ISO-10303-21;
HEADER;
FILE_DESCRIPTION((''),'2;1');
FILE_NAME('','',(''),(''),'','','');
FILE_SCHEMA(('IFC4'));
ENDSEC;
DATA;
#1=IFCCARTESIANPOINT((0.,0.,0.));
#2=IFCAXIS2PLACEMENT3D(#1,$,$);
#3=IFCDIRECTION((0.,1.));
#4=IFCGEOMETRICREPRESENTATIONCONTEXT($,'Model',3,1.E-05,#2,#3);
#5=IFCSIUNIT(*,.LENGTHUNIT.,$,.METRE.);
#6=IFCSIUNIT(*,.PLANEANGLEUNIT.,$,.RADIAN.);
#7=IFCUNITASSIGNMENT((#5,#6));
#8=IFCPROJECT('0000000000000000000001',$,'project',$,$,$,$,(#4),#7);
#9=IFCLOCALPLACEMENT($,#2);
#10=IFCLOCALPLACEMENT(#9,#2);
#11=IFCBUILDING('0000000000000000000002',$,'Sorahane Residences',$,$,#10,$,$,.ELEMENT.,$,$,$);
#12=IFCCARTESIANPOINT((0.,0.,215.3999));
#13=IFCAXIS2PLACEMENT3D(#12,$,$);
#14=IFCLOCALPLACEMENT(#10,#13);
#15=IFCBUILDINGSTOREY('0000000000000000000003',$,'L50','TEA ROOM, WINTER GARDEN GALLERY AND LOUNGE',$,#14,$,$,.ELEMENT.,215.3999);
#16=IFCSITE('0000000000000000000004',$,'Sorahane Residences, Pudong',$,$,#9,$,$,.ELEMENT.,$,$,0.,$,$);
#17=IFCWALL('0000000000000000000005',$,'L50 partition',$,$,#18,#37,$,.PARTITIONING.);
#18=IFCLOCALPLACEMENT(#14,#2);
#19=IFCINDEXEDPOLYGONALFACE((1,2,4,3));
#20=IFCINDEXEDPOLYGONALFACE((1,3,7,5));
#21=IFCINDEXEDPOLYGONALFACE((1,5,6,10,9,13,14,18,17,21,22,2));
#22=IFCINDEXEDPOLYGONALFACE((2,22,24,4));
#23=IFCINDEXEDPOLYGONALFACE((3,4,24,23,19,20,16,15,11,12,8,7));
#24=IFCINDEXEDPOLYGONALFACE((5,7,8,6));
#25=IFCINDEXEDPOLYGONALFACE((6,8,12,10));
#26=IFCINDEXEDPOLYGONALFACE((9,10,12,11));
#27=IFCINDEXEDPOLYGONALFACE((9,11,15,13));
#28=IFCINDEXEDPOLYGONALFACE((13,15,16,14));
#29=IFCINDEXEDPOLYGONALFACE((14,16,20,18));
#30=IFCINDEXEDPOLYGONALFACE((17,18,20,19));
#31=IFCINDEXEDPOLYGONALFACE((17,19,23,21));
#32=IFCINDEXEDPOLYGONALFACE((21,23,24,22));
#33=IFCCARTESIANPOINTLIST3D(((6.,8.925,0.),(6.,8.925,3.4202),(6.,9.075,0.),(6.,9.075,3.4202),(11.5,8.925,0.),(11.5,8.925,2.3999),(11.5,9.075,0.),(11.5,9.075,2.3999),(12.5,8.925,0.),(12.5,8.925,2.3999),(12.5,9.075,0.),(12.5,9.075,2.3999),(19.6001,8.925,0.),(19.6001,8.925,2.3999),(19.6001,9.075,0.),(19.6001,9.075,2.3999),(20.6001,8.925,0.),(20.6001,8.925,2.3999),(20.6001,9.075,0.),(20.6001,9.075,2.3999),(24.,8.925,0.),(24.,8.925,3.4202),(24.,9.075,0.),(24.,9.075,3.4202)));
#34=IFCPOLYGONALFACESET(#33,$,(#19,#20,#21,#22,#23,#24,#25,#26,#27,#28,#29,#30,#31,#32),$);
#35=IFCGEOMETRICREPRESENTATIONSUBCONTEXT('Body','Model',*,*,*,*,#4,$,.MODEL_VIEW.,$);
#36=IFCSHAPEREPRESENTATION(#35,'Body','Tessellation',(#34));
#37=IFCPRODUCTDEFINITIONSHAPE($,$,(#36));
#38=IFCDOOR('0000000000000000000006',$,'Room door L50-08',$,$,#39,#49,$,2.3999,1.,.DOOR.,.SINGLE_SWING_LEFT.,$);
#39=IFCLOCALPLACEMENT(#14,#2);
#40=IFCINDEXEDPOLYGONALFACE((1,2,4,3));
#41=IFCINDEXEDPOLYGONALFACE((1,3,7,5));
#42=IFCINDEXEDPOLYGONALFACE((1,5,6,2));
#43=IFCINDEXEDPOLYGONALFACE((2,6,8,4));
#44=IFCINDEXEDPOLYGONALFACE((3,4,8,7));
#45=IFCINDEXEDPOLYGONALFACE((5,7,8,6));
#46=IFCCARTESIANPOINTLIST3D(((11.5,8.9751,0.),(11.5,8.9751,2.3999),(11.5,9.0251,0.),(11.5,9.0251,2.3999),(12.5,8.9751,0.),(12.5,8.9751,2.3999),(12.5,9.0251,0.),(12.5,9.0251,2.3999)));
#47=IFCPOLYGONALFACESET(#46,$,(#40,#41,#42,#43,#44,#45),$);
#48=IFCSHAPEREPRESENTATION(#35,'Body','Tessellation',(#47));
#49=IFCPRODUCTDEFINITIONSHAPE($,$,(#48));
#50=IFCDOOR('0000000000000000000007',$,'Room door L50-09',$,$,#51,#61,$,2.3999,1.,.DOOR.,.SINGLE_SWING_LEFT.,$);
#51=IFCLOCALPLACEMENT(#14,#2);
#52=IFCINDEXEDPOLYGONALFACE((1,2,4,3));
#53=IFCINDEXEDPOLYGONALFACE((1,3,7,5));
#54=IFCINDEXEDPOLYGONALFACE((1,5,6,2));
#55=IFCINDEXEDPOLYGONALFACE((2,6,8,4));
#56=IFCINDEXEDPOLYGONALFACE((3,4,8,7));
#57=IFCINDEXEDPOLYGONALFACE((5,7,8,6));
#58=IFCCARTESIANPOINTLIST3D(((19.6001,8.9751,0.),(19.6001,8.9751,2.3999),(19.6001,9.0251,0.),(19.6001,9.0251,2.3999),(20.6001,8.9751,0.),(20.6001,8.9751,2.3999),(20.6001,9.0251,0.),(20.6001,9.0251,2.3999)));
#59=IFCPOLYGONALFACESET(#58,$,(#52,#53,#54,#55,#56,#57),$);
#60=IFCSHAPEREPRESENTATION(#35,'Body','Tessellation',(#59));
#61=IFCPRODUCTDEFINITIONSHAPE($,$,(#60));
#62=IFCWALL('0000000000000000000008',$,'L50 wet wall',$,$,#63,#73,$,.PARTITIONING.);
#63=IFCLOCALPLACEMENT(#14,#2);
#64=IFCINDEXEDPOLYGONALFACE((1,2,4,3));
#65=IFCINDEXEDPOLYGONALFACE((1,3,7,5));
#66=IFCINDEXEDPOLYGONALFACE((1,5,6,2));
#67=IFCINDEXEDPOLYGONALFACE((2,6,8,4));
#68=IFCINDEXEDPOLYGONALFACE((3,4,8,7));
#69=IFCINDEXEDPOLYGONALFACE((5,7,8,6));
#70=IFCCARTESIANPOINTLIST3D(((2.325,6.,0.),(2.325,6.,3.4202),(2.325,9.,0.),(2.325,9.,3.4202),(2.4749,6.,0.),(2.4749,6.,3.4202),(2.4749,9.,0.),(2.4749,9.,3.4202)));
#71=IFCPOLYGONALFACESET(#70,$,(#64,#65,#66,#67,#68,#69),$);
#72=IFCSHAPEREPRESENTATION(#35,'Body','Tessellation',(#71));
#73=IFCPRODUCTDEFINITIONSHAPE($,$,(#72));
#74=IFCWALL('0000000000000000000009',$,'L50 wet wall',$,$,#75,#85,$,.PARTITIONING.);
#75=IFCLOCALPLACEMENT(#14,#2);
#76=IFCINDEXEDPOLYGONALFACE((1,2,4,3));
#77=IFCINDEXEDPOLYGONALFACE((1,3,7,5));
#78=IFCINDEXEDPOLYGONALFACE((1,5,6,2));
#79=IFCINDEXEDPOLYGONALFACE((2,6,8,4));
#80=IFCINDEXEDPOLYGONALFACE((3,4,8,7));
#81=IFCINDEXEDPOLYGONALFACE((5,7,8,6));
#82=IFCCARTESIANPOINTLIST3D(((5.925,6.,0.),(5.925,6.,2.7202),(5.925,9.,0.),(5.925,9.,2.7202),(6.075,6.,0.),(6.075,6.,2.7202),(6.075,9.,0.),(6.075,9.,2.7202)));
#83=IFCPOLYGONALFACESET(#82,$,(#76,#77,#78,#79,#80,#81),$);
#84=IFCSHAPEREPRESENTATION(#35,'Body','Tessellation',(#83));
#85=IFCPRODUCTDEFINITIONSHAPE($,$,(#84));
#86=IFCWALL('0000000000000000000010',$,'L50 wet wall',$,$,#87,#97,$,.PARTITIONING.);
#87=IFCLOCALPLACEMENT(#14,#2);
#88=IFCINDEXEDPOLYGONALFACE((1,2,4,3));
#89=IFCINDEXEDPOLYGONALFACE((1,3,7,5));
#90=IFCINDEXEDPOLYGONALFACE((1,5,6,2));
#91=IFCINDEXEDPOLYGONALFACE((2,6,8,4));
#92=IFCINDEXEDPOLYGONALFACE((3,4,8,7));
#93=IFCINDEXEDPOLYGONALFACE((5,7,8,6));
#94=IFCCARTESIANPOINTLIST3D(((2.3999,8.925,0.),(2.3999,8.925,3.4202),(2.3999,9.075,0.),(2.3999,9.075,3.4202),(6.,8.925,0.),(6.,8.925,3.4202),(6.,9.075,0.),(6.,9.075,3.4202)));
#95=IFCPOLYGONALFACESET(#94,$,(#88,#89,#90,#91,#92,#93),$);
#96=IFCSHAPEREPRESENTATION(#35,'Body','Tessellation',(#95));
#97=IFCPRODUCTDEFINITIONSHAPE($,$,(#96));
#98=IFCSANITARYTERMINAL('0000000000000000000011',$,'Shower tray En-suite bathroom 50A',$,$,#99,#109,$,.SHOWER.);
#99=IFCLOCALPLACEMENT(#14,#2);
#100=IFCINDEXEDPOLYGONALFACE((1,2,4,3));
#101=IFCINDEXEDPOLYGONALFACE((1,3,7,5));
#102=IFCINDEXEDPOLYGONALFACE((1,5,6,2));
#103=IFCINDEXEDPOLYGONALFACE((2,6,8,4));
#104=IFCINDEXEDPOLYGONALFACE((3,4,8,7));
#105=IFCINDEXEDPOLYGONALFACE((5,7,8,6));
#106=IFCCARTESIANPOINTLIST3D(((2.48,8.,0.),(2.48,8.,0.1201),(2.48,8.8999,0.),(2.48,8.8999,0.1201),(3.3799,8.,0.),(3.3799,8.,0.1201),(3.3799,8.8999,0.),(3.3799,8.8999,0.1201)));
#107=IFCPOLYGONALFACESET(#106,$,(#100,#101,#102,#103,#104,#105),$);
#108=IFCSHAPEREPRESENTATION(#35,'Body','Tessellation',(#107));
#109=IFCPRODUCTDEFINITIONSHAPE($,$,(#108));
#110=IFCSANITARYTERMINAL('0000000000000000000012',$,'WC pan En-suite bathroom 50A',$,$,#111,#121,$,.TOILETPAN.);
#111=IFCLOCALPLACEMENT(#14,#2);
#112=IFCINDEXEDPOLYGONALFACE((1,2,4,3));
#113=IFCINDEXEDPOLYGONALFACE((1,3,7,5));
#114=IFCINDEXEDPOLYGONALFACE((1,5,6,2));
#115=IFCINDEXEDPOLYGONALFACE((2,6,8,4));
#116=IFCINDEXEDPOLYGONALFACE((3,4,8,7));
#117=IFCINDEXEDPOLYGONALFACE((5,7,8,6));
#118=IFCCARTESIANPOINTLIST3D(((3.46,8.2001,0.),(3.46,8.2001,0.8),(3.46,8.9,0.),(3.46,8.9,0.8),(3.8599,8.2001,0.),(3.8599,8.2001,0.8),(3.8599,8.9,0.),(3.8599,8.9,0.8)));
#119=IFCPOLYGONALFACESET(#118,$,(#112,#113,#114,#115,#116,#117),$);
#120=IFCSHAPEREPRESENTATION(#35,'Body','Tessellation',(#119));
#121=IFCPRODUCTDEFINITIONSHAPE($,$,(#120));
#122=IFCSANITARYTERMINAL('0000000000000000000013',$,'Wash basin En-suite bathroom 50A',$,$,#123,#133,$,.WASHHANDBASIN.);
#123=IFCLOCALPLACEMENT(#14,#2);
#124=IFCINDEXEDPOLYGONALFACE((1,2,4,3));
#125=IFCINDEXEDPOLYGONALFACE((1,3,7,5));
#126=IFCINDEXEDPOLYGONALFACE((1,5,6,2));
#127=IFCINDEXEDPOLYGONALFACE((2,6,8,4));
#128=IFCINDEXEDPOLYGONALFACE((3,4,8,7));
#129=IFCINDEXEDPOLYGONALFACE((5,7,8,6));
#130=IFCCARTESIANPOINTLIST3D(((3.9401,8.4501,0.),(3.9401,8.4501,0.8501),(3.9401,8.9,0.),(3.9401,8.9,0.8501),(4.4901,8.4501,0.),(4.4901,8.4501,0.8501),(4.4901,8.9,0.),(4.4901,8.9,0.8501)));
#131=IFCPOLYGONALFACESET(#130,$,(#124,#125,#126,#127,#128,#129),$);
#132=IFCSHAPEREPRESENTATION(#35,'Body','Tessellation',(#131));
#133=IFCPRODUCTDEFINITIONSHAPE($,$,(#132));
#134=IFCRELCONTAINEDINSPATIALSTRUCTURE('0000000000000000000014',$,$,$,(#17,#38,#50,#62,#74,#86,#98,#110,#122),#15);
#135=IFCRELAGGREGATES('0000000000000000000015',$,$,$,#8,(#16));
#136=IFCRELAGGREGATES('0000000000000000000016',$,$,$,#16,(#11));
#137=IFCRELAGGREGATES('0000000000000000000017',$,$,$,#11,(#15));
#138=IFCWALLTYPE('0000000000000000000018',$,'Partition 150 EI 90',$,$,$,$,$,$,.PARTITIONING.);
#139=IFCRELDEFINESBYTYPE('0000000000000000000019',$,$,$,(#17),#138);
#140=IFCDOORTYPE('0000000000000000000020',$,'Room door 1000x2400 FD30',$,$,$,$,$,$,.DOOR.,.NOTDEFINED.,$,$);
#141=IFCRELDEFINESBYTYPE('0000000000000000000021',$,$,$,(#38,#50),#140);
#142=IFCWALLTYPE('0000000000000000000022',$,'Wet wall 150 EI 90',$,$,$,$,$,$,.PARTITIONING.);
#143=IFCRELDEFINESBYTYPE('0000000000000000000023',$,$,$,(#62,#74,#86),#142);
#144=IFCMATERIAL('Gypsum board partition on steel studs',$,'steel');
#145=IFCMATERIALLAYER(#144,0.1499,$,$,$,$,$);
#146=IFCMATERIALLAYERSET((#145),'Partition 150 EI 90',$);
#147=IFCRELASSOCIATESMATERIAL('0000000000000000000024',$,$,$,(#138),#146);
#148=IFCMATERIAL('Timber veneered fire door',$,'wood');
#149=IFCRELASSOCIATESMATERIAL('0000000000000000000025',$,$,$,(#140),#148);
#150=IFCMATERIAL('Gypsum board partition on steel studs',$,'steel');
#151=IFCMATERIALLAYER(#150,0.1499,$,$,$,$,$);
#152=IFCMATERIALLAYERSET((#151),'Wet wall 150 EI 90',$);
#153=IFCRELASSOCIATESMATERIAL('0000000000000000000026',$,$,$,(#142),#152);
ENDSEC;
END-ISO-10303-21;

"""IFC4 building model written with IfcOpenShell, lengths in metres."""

from ifc_helpers import new_model, si_unit, direction, frame, frame_2d, origin, origin_2d, place, context, subcontext, project, spatial, rectangle, extrude, material, layer, layer_set, type_object, element, fill, save


model = new_model("IFC4")

# Units and contexts
model_context = context("Model", 3, precision=1e-05, world=origin(), true_north=direction((0.0, 1.0)))
body_context = subcontext(model_context, "Body", "Model", "MODEL_VIEW")
ifc_project = project(units=[si_unit("LENGTHUNIT", "METRE"), si_unit("PLANEANGLEUNIT", "RADIAN")], contexts=[model_context])

# Site, building, storey
site_placement = place(None, origin())
site = spatial("IfcSite", under=ifc_project, at=site_placement, Name="Sorahane Residences, Pudong", CompositionType="ELEMENT", RefElevation=0.0)
building_placement = place(site_placement, origin())
building = spatial("IfcBuilding", under=site, at=building_placement, Name="Sorahane Residences", CompositionType="ELEMENT")
storey_placement = place(building_placement, frame((0.0, 0.0, 215.3999)))
storey = spatial("IfcBuildingStorey", under=building, at=storey_placement, Name="L50", Description="TEA ROOM, WINTER GARDEN GALLERY AND LOUNGE", CompositionType="ELEMENT", Elevation=215.3999)

# Shared definitions
ifc_material_1 = material(Name="Gypsum board partition on steel studs", Category="steel")
ifc_layer_1 = layer(ifc_material_1, 0.1499)
ifc_layer_set_1 = layer_set([ifc_layer_1], Name="Partition 150 EI 90")
wall_type_1 = type_object("IfcWallType", Name="Partition 150 EI 90", PredefinedType="PARTITIONING", material=ifc_layer_set_1)

# Shared definitions
ifc_material_2 = material(Name="Timber veneered fire door", Category="wood")
door_type_1 = type_object("IfcDoorType", Name="Room door 1000x2400 FD30", OperationType="NOTDEFINED", PredefinedType="DOOR", material=ifc_material_2)

# Wall, openings, doors
wall_1_placement = place(storey_placement, frame((6.0, 9.0, 0.0), z_axis=(0.0, 0.0, 1.0), x_axis=(1.0, 0.0, 0.0)))
wall_1 = element("IfcWall", 1, at=wall_1_placement, inside=storey, type_object=wall_type_1, Name="L50 partition", PredefinedType="PARTITIONING", context=body_context, shape_type="SweptSolid", body=[
    extrude(rectangle(XDim=18.0, YDim=0.1499, at=frame_2d((9.0, 0.0))), origin(), (0.0, 0.0, 1.0), 3.4202),
])
opening_1_placement = place(wall_1_placement, frame((5.5, 0.0, 0.0)))
opening_1 = element("IfcOpeningElement", 2, at=opening_1_placement, cuts=wall_1, PredefinedType="OPENING", context=body_context, shape_type="SweptSolid", body=[
    extrude(rectangle(XDim=1.0, YDim=2.3999, at=frame_2d((0.5, 1.2))), frame((0.0, 0.085, 0.0), z_axis=(0.0, -1.0, 0.0), x_axis=(1.0, 0.0, 0.0)), (0.0, 0.0, 1.0), 0.1699),
])
opening_2_placement = place(wall_1_placement, frame((13.6001, 0.0, 0.0)))
opening_2 = element("IfcOpeningElement", 3, at=opening_2_placement, cuts=wall_1, PredefinedType="OPENING", context=body_context, shape_type="SweptSolid", body=[
    extrude(rectangle(XDim=1.0, YDim=2.3999, at=frame_2d((0.5, 1.2))), frame((0.0, 0.085, 0.0), z_axis=(0.0, -1.0, 0.0), x_axis=(1.0, 0.0, 0.0)), (0.0, 0.0, 1.0), 0.1699),
])
door_1_placement = place(opening_1_placement, frame((1.0, 0.0, 0.0), z_axis=(0.0, 0.0, 1.0), x_axis=(-1.0, 0.0, 0.0)))
door_1 = element("IfcDoor", 4, at=door_1_placement, inside=storey, type_object=door_type_1, Name="Room door L50-08", OperationType="SINGLE_SWING_LEFT", OverallHeight=2.3999, OverallWidth=1.0, PredefinedType="DOOR", context=body_context, shape_type="SweptSolid", body=[
    extrude(rectangle(XDim=1.0, YDim=2.3999, at=frame_2d((0.5, 1.2))), frame((0.0, 0.0249, 0.0), z_axis=(0.0, -1.0, 0.0), x_axis=(1.0, 0.0, 0.0)), (0.0, 0.0, 1.0), 0.05),
])
fill(opening_1, door_1)
door_2_placement = place(opening_2_placement, frame((1.0, 0.0, 0.0), z_axis=(0.0, 0.0, 1.0), x_axis=(-1.0, 0.0, 0.0)))
door_2 = element("IfcDoor", 5, at=door_2_placement, inside=storey, type_object=door_type_1, Name="Room door L50-09", OperationType="SINGLE_SWING_LEFT", OverallHeight=2.3999, OverallWidth=1.0, PredefinedType="DOOR", context=body_context, shape_type="SweptSolid", body=[
    extrude(rectangle(XDim=1.0, YDim=2.3999, at=frame_2d((0.5, 1.2))), frame((0.0, 0.0249, 0.0), z_axis=(0.0, -1.0, 0.0), x_axis=(1.0, 0.0, 0.0)), (0.0, 0.0, 1.0), 0.05),
])
fill(opening_2, door_2)

# Walls
ifc_material_3 = material(Name="Gypsum board partition on steel studs", Category="steel")
ifc_layer_2 = layer(ifc_material_3, 0.1499)
ifc_layer_set_2 = layer_set([ifc_layer_2], Name="Wet wall 150 EI 90")
wall_type_2 = type_object("IfcWallType", Name="Wet wall 150 EI 90", PredefinedType="PARTITIONING", material=ifc_layer_set_2)
wall_2_placement = place(storey_placement, frame((2.3999, 6.0, 0.0), z_axis=(0.0, 0.0, 1.0), x_axis=(0.0, 1.0, 0.0)))
element("IfcWall", 6, at=wall_2_placement, inside=storey, type_object=wall_type_2, Name="L50 wet wall", PredefinedType="PARTITIONING", context=body_context, shape_type="SweptSolid", body=[
    extrude(rectangle(XDim=3.0, YDim=0.1499, at=frame_2d((1.5, 0.0))), origin(), (0.0, 0.0, 1.0), 3.4202),
])
wall_3_placement = place(storey_placement, frame((6.0, 6.0, 0.0), z_axis=(0.0, 0.0, 1.0), x_axis=(0.0, 1.0, 0.0)))
element("IfcWall", 7, at=wall_3_placement, inside=storey, type_object=wall_type_2, Name="L50 wet wall", PredefinedType="PARTITIONING", context=body_context, shape_type="SweptSolid", body=[
    extrude(rectangle(XDim=3.0, YDim=0.1499, at=frame_2d((1.5, 0.0))), origin(), (0.0, 0.0, 1.0), 2.7202),
])

# Wall
wall_4_placement = place(storey_placement, frame((2.3999, 9.0, 0.0), z_axis=(0.0, 0.0, 1.0), x_axis=(1.0, 0.0, 0.0)))
element("IfcWall", 8, at=wall_4_placement, inside=storey, type_object=wall_type_2, Name="L50 wet wall", PredefinedType="PARTITIONING", context=body_context, shape_type="SweptSolid", body=[
    extrude(rectangle(XDim=3.6001, YDim=0.1499, at=frame_2d((1.8, 0.0))), origin(), (0.0, 0.0, 1.0), 3.4202),
])

# Sanitary terminals
sanitary_terminal_1_placement = place(storey_placement, frame((2.9299, 8.45, 0.0), z_axis=(0.0, 0.0, 1.0), x_axis=(1.0, 0.0, 0.0)))
element("IfcSanitaryTerminal", 9, at=sanitary_terminal_1_placement, inside=storey, Name="Shower tray En-suite bathroom 50A", PredefinedType="SHOWER", context=body_context, shape_type="SweptSolid", body=[
    extrude(rectangle(XDim=0.8999, YDim=0.8999, at=origin_2d()), origin(), (0.0, 0.0, 1.0), 0.1201),
])
sanitary_terminal_2_placement = place(storey_placement, frame((3.6599, 8.55, 0.0), z_axis=(0.0, 0.0, 1.0), x_axis=(1.0, 0.0, 0.0)))
element("IfcSanitaryTerminal", 10, at=sanitary_terminal_2_placement, inside=storey, Name="WC pan En-suite bathroom 50A", PredefinedType="TOILETPAN", context=body_context, shape_type="SweptSolid", body=[
    extrude(rectangle(XDim=0.3999, YDim=0.7, at=origin_2d()), origin(), (0.0, 0.0, 1.0), 0.8),
])
sanitary_terminal_3_placement = place(storey_placement, frame((4.2151, 8.675, 0.0), z_axis=(0.0, 0.0, 1.0), x_axis=(1.0, 0.0, 0.0)))
element("IfcSanitaryTerminal", 11, at=sanitary_terminal_3_placement, inside=storey, Name="Wash basin En-suite bathroom 50A", PredefinedType="WASHHANDBASIN", context=body_context, shape_type="SweptSolid", body=[
    extrude(rectangle(XDim=0.55, YDim=0.45, at=origin_2d()), origin(), (0.0, 0.0, 1.0), 0.8501),
])

save(model, "model.ifc")
